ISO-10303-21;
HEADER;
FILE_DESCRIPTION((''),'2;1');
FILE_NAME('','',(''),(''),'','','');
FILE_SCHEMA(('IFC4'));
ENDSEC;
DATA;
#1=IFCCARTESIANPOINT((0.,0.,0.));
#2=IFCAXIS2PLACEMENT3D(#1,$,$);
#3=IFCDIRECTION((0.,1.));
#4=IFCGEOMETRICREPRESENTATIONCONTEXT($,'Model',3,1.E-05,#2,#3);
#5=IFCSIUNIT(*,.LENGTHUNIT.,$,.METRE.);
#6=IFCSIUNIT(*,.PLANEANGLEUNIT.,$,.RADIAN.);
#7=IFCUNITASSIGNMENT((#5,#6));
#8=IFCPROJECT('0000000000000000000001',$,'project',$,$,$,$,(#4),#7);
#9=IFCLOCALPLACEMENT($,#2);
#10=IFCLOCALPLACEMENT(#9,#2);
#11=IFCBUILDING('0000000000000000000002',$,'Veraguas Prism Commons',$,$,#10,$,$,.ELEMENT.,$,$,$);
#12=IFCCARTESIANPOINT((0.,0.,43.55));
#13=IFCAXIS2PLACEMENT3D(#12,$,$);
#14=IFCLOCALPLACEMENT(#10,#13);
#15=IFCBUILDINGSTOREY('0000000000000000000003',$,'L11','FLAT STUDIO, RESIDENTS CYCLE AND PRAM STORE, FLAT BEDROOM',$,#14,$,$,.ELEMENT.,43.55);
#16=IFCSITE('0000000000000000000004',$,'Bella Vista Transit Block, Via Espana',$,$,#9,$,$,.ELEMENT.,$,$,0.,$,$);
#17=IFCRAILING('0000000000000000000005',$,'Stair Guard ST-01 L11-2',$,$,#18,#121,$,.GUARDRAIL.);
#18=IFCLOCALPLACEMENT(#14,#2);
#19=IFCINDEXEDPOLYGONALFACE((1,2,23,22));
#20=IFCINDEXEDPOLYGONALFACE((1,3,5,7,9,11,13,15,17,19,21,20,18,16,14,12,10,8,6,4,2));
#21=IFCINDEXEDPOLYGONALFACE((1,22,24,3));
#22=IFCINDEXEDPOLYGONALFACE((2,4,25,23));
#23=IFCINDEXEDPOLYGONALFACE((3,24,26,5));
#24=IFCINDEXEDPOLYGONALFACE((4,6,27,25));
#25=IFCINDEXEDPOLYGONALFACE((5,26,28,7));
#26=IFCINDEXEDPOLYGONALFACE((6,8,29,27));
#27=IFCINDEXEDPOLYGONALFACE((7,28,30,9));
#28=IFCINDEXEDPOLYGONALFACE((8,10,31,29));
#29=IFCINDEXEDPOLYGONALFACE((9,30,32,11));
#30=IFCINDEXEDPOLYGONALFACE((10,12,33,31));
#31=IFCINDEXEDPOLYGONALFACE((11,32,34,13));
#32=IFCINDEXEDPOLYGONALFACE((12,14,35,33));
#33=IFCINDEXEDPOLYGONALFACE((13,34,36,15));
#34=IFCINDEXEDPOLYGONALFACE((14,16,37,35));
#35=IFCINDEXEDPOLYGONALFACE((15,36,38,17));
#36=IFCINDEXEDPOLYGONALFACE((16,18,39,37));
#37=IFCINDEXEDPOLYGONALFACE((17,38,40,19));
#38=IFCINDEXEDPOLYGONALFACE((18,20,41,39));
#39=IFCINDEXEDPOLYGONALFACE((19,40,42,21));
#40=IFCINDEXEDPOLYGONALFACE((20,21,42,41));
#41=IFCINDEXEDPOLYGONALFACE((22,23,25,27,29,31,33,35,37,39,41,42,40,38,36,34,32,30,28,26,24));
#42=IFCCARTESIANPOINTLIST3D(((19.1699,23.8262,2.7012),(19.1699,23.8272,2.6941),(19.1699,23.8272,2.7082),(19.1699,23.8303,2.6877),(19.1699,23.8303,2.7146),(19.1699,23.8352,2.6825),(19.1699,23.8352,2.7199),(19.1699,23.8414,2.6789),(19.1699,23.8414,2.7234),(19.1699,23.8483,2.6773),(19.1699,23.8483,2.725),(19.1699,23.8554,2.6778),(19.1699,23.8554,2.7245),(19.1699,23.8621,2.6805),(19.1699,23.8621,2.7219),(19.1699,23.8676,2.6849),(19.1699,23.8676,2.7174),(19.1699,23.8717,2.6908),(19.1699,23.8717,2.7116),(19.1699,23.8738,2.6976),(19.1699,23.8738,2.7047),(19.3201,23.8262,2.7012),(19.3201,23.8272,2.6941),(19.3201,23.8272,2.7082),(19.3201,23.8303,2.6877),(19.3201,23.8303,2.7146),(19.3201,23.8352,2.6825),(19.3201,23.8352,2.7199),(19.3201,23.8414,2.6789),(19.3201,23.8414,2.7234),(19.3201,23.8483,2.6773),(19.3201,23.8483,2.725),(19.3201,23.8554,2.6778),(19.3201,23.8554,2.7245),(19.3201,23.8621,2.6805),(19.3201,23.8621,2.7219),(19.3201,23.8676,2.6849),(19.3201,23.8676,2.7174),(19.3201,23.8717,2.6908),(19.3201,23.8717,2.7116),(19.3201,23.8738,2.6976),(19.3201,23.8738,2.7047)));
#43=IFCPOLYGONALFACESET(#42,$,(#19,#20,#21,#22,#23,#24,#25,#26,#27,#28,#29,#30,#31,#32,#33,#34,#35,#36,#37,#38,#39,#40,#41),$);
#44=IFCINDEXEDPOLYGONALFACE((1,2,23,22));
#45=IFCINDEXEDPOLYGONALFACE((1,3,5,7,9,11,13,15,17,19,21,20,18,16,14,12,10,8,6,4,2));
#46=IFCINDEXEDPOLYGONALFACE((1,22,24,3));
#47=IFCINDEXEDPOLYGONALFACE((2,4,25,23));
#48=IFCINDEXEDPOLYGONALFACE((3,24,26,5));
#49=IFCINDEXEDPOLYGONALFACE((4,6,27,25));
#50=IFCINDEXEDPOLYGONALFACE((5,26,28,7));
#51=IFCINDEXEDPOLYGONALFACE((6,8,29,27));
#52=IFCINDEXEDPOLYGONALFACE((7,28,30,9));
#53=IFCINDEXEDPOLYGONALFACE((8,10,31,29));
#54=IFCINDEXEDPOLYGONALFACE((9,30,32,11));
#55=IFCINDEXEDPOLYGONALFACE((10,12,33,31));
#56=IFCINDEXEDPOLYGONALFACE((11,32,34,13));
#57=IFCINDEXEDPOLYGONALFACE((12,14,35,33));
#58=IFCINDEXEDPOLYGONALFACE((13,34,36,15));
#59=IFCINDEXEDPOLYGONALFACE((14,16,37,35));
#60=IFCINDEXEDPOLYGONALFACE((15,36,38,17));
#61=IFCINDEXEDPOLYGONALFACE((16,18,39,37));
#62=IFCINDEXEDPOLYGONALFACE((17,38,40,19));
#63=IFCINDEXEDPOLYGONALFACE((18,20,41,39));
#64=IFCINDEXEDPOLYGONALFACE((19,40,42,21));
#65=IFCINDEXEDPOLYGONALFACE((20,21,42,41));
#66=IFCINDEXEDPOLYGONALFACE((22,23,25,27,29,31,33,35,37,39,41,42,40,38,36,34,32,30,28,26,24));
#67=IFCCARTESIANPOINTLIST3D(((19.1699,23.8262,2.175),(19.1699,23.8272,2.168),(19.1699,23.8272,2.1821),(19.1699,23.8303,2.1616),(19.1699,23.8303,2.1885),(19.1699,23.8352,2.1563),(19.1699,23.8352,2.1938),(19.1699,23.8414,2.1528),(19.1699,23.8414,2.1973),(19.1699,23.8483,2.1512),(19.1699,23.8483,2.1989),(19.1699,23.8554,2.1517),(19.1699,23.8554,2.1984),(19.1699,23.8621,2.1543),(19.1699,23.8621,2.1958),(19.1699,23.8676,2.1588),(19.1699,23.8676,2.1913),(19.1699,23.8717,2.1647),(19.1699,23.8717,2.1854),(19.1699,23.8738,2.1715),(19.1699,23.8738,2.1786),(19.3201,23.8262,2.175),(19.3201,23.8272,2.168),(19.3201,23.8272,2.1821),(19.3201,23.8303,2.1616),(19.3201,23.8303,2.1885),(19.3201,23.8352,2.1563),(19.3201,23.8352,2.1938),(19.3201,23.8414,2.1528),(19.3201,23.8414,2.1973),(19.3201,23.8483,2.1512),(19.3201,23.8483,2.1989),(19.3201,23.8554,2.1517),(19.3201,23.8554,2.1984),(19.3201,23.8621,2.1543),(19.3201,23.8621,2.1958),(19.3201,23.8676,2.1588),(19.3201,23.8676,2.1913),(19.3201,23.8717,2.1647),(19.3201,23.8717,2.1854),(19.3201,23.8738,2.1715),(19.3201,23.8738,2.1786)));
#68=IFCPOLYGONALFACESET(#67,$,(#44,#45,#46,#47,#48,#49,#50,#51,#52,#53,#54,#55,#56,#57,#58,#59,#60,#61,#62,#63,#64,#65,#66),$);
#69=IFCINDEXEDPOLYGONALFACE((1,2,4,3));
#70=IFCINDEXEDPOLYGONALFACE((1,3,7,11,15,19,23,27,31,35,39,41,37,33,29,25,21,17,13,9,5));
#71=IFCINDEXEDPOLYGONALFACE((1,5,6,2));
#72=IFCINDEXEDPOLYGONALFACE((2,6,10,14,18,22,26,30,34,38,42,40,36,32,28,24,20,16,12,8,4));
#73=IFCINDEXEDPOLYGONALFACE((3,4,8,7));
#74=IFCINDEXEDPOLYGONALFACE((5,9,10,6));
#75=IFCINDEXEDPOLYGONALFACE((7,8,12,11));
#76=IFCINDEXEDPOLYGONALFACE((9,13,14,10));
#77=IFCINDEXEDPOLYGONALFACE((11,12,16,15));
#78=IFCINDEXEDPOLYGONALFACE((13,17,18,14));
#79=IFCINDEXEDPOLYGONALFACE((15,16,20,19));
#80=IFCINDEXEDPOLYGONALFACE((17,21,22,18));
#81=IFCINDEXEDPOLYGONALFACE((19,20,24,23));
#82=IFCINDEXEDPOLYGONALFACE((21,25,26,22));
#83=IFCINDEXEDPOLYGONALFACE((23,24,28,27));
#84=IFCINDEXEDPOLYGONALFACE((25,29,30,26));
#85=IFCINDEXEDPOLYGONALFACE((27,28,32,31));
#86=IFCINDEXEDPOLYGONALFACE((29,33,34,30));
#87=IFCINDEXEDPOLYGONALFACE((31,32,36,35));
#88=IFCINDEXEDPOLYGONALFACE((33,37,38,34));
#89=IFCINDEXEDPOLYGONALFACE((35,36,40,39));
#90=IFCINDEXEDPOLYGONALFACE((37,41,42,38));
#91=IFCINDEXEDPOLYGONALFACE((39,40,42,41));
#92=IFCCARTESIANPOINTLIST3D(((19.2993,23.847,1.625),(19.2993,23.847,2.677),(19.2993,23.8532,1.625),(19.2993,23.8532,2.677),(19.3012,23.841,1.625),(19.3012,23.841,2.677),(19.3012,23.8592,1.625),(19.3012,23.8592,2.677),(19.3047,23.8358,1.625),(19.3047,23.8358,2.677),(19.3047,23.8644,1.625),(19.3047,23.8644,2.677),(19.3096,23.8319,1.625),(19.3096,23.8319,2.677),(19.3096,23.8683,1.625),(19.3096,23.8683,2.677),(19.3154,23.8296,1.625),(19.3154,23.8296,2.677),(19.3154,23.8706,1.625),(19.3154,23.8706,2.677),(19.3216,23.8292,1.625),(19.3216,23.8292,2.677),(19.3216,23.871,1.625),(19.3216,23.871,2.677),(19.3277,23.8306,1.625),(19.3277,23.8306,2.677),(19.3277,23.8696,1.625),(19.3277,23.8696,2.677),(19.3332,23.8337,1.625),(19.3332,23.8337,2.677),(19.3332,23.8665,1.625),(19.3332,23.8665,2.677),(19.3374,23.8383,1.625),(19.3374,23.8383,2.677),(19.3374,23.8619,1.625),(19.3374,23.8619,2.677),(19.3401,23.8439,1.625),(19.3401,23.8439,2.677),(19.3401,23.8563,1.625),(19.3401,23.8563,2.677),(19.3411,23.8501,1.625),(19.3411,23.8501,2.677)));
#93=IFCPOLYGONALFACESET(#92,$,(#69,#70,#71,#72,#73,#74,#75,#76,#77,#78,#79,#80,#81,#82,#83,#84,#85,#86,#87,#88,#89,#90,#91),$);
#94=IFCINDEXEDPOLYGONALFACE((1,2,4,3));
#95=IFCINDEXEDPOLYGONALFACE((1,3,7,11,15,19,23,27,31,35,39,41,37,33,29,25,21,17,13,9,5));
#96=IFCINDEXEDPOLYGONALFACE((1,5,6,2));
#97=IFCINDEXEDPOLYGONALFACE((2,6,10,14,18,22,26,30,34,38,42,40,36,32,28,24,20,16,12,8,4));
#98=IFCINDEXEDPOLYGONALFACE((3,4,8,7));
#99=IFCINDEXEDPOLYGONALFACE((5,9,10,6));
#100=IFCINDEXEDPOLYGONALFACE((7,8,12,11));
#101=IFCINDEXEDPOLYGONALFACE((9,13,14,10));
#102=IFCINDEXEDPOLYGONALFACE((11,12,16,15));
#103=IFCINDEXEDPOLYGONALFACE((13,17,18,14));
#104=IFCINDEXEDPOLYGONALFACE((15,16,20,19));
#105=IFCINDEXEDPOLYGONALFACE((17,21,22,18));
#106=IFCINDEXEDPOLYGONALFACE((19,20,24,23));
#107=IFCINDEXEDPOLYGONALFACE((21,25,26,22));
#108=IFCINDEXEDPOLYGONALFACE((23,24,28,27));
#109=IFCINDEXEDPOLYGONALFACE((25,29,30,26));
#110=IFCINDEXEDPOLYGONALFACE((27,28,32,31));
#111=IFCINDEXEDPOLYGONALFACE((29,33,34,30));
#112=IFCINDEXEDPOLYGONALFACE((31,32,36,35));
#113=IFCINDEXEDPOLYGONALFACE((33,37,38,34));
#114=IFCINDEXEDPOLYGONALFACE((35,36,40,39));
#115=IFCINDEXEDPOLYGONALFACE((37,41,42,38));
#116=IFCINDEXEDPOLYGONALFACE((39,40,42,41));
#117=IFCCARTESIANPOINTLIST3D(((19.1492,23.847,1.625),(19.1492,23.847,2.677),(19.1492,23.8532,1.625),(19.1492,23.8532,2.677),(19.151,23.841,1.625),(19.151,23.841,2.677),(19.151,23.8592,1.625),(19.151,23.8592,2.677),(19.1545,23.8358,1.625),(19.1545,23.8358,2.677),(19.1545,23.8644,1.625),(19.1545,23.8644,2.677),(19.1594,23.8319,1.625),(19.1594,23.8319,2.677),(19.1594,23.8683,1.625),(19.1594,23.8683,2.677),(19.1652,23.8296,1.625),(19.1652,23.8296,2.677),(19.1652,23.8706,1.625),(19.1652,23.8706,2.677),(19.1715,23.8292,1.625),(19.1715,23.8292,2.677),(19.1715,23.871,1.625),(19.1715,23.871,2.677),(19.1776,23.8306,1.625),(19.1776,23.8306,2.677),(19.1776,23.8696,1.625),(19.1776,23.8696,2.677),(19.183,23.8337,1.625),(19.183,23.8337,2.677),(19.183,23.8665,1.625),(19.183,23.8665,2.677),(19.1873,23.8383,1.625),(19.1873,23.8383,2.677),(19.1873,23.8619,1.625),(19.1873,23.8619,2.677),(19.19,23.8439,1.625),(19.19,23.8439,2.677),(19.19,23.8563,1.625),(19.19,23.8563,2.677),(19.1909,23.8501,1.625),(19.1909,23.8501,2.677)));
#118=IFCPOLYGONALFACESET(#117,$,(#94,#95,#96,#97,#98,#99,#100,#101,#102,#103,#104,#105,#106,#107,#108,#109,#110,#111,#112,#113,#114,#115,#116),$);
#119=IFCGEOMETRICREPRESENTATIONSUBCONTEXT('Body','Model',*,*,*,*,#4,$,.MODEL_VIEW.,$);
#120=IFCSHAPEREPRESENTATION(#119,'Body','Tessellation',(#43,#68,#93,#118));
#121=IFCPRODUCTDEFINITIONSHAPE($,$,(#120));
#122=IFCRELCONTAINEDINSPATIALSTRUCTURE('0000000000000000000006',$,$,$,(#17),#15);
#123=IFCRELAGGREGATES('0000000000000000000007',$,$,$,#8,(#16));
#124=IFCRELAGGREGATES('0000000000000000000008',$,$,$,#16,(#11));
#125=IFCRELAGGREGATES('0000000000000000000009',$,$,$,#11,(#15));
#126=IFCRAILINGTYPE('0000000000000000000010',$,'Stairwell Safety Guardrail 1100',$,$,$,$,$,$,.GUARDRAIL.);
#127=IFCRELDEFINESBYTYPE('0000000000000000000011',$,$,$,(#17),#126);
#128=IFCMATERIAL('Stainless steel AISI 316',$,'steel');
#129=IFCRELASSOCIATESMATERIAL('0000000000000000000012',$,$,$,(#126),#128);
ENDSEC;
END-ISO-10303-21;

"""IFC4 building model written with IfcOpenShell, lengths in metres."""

from ifc_helpers import new_model, si_unit, direction, frame, origin, origin_2d, place, context, subcontext, project, spatial, circle, extrude, material, type_object, element, save


model = new_model("IFC4")

# Units and contexts
model_context = context("Model", 3, precision=1e-05, world=origin(), true_north=direction((0.0, 1.0)))
body_context = subcontext(model_context, "Body", "Model", "MODEL_VIEW")
ifc_project = project(units=[si_unit("LENGTHUNIT", "METRE"), si_unit("PLANEANGLEUNIT", "RADIAN")], contexts=[model_context])

# Site, building, storey
site_placement = place(None, origin())
site = spatial("IfcSite", under=ifc_project, at=site_placement, Name="Bella Vista Transit Block, Via Espana", CompositionType="ELEMENT", RefElevation=0.0)
building_placement = place(site_placement, origin())
building = spatial("IfcBuilding", under=site, at=building_placement, Name="Veraguas Prism Commons", CompositionType="ELEMENT")
storey_placement = place(building_placement, frame((0.0, 0.0, 43.55)))
storey = spatial("IfcBuildingStorey", under=building, at=storey_placement, Name="L11", Description="FLAT STUDIO, RESIDENTS CYCLE AND PRAM STORE, FLAT BEDROOM", CompositionType="ELEMENT", Elevation=43.55)

# Railing
ifc_material_1 = material(Name="Stainless steel AISI 316", Category="steel")
railing_type_1 = type_object("IfcRailingType", Name="Stairwell Safety Guardrail 1100", PredefinedType="GUARDRAIL", material=ifc_material_1)
railing_1_placement = place(storey_placement, frame((19.3201, 23.8501, 1.625)))
element("IfcRailing", 1, at=railing_1_placement, inside=storey, type_object=railing_type_1, Name="Stair Guard ST-01 L11-2", PredefinedType="GUARDRAIL", context=body_context, shape_type="SweptSolid", body=[
    extrude(circle(Radius=0.0239, at=origin_2d()), frame((0.0, 0.0, 1.0762), z_axis=(-1.0, 0.0, 0.0), x_axis=(0.0, -1.0, 0.0)), (0.0, 0.0, 1.0), 0.1501),
    extrude(circle(Radius=0.0239, at=origin_2d()), frame((0.0, 0.0, 0.55), z_axis=(-1.0, 0.0, 0.0), x_axis=(0.0, -1.0, 0.0)), (0.0, 0.0, 1.0), 0.1501),
    extrude(circle(Radius=0.021, at=origin_2d()), origin(), (0.0, 0.0, 1.0), 1.052),
    extrude(circle(Radius=0.021, at=origin_2d()), frame((-0.1501, 0.0, 0.0)), (0.0, 0.0, 1.0), 1.052),
])

save(model, "model.ifc")
